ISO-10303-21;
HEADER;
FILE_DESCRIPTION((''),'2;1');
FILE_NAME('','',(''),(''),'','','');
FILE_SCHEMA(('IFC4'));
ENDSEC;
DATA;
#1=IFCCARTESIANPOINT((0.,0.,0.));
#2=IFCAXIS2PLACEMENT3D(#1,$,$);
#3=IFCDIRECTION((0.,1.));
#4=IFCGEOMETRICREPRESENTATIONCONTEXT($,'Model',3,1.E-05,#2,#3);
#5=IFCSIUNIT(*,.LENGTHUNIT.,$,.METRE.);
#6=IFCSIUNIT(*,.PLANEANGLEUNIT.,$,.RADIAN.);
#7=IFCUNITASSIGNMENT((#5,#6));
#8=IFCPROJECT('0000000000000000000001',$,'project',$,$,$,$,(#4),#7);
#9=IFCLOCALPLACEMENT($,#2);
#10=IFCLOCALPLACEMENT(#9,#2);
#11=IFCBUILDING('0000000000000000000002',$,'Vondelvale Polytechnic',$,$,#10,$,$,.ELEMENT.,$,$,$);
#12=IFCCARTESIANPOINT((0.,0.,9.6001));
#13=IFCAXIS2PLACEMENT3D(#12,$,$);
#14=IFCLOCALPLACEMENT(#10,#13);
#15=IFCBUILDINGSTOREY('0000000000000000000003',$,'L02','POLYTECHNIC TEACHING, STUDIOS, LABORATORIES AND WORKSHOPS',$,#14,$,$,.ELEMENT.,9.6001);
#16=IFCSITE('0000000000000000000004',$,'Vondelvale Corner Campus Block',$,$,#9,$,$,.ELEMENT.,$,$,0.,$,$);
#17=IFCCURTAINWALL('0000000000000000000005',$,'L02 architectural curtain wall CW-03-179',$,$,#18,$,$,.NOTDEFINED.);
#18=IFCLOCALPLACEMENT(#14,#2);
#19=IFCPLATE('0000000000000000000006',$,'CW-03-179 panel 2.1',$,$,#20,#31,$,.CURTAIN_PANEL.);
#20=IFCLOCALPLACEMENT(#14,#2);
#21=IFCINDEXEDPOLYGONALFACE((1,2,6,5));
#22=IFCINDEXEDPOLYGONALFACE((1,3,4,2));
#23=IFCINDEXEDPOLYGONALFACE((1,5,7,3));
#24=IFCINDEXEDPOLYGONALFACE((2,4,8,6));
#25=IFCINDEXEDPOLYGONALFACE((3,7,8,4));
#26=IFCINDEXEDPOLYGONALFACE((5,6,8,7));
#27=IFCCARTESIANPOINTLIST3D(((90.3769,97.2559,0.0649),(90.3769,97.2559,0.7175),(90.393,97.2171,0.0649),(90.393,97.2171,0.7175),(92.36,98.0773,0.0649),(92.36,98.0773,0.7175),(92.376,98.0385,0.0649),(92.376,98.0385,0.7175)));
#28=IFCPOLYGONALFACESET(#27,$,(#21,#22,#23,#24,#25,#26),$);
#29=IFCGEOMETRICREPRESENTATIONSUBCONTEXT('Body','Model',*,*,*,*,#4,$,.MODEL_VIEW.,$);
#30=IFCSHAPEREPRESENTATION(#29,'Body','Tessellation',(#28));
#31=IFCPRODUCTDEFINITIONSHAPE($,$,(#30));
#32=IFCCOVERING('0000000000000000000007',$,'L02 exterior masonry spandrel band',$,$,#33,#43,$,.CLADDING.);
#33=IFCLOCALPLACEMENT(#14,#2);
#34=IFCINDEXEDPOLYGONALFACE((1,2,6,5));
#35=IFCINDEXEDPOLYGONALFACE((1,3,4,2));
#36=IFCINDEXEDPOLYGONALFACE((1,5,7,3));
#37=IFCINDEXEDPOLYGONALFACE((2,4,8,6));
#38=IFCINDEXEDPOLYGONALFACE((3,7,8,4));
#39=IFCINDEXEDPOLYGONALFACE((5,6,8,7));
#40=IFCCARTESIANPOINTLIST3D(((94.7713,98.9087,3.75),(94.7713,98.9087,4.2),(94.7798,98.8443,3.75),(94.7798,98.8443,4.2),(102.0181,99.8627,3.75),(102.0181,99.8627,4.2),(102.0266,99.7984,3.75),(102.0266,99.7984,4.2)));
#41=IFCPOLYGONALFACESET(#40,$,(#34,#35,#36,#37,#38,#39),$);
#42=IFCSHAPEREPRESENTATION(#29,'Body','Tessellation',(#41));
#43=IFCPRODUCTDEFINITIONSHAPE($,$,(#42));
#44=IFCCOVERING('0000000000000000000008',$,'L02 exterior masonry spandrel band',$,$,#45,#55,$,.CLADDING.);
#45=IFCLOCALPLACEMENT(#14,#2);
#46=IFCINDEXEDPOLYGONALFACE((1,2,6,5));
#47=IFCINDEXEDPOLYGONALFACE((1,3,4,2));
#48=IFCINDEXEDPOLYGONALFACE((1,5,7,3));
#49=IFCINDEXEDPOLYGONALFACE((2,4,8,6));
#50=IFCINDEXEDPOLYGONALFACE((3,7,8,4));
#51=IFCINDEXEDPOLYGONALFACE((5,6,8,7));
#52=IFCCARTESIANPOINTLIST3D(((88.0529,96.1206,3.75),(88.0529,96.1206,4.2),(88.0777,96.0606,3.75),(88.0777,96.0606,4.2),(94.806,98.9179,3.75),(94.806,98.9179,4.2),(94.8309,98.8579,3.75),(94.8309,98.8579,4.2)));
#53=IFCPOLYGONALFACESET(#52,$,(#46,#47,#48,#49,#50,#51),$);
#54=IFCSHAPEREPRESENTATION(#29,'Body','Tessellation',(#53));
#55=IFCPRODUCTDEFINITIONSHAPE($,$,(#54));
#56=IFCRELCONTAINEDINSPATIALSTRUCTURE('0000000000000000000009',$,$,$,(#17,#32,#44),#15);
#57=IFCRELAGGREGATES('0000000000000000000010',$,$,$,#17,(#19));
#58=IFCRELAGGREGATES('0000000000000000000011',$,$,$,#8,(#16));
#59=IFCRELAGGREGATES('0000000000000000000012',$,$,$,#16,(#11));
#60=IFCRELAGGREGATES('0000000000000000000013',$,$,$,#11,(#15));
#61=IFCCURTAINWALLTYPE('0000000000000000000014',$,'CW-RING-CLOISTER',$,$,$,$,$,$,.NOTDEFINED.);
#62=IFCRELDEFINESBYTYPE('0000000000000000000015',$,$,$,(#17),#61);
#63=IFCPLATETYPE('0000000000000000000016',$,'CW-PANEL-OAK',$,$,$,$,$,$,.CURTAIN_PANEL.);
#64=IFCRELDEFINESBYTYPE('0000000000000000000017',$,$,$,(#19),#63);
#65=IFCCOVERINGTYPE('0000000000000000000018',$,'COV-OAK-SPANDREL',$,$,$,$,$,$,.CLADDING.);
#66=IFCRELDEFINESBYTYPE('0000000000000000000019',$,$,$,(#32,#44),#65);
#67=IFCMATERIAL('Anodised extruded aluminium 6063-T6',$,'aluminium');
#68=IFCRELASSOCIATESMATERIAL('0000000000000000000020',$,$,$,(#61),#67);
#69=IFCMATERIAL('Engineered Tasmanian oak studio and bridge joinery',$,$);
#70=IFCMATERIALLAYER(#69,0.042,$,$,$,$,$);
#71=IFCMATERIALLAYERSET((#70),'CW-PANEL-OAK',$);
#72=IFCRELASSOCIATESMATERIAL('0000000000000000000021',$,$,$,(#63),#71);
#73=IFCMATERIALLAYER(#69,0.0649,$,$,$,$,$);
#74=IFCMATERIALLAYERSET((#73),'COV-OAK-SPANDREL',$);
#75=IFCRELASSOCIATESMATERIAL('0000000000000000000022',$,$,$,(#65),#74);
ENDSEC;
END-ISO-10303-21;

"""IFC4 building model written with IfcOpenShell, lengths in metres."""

from ifc_helpers import new_model, si_unit, direction, frame, origin, origin_2d, place, context, subcontext, project, spatial, rectangle, extrude, material, layer, layer_set, type_object, element, aggregate, save


model = new_model("IFC4")

# Units and contexts
model_context = context("Model", 3, precision=1e-05, world=origin(), true_north=direction((0.0, 1.0)))
body_context = subcontext(model_context, "Body", "Model", "MODEL_VIEW")
ifc_project = project(units=[si_unit("LENGTHUNIT", "METRE"), si_unit("PLANEANGLEUNIT", "RADIAN")], contexts=[model_context])

# Site, building, storey
site_placement = place(None, origin())
site = spatial("IfcSite", under=ifc_project, at=site_placement, Name="Vondelvale Corner Campus Block", CompositionType="ELEMENT", RefElevation=0.0)
building_placement = place(site_placement, origin())
building = spatial("IfcBuilding", under=site, at=building_placement, Name="Vondelvale Polytechnic", CompositionType="ELEMENT")
storey_placement = place(building_placement, frame((0.0, 0.0, 9.6001)))
storey = spatial("IfcBuildingStorey", under=building, at=storey_placement, Name="L02", Description="POLYTECHNIC TEACHING, STUDIOS, LABORATORIES AND WORKSHOPS", CompositionType="ELEMENT", Elevation=9.6001)

# Shared definitions
ifc_material_1 = material(Name="Anodised extruded aluminium 6063-T6", Category="aluminium")
curtain_wall_type = type_object("IfcCurtainWallType", Name="CW-RING-CLOISTER", PredefinedType="NOTDEFINED", material=ifc_material_1)

# Curtain wall
curtain_wall_1_placement = place(storey_placement, origin())
curtain_wall_1 = element("IfcCurtainWall", 1, at=curtain_wall_1_placement, inside=storey, type_object=curtain_wall_type, Name="L02 architectural curtain wall CW-03-179", PredefinedType="NOTDEFINED")

# Plate
ifc_material_2 = material(Name="Engineered Tasmanian oak studio and bridge joinery")
ifc_layer_1 = layer(ifc_material_2, 0.042)
ifc_layer_set_1 = layer_set([ifc_layer_1], Name="CW-PANEL-OAK")
plate_type_1 = type_object("IfcPlateType", Name="CW-PANEL-OAK", PredefinedType="CURTAIN_PANEL", material=ifc_layer_set_1)
plate_1_placement = place(storey_placement, frame((91.3765, 97.6472, 0.0649), z_axis=(0.0, 0.0, 1.0), x_axis=(-0.923882, -0.382679, 0.0)))
plate_1 = element("IfcPlate", 2, at=plate_1_placement, type_object=plate_type_1, Name="CW-03-179 panel 2.1", PredefinedType="CURTAIN_PANEL", context=body_context, shape_type="SweptSolid", body=[
    extrude(rectangle(XDim=2.1465, YDim=0.042, at=origin_2d()), origin(), (0.0, 0.0, 1.0), 0.6526),
])
aggregate(curtain_wall_1, [plate_1])

# Coverings
ifc_layer_2 = layer(ifc_material_2, 0.0649)
ifc_layer_set_2 = layer_set([ifc_layer_2], Name="COV-OAK-SPANDREL")
covering_type = type_object("IfcCoveringType", Name="COV-OAK-SPANDREL", PredefinedType="CLADDING", material=ifc_layer_set_2)
covering_1_placement = place(storey_placement, frame((98.3989, 99.3535, 3.75), z_axis=(0.0, 0.0, 1.0), x_axis=(-0.991445, -0.130526, 0.0)))
element("IfcCovering", 3, at=covering_1_placement, inside=storey, type_object=covering_type, Name="L02 exterior masonry spandrel band", PredefinedType="CLADDING", context=body_context, shape_type="SweptSolid", body=[
    extrude(rectangle(XDim=7.3093, YDim=0.0649, at=origin_2d()), origin(), (0.0, 0.0, 1.0), 0.45),
])
covering_2_placement = place(storey_placement, frame((91.4419, 97.4893, 3.75), z_axis=(0.0, 0.0, 1.0), x_axis=(-0.92388, -0.382683, 0.0)))
element("IfcCovering", 4, at=covering_2_placement, inside=storey, type_object=covering_type, Name="L02 exterior masonry spandrel band", PredefinedType="CLADDING", context=body_context, shape_type="SweptSolid", body=[
    extrude(rectangle(XDim=7.3096, YDim=0.0649, at=origin_2d()), origin(), (0.0, 0.0, 1.0), 0.45),
])

save(model, "model.ifc")
